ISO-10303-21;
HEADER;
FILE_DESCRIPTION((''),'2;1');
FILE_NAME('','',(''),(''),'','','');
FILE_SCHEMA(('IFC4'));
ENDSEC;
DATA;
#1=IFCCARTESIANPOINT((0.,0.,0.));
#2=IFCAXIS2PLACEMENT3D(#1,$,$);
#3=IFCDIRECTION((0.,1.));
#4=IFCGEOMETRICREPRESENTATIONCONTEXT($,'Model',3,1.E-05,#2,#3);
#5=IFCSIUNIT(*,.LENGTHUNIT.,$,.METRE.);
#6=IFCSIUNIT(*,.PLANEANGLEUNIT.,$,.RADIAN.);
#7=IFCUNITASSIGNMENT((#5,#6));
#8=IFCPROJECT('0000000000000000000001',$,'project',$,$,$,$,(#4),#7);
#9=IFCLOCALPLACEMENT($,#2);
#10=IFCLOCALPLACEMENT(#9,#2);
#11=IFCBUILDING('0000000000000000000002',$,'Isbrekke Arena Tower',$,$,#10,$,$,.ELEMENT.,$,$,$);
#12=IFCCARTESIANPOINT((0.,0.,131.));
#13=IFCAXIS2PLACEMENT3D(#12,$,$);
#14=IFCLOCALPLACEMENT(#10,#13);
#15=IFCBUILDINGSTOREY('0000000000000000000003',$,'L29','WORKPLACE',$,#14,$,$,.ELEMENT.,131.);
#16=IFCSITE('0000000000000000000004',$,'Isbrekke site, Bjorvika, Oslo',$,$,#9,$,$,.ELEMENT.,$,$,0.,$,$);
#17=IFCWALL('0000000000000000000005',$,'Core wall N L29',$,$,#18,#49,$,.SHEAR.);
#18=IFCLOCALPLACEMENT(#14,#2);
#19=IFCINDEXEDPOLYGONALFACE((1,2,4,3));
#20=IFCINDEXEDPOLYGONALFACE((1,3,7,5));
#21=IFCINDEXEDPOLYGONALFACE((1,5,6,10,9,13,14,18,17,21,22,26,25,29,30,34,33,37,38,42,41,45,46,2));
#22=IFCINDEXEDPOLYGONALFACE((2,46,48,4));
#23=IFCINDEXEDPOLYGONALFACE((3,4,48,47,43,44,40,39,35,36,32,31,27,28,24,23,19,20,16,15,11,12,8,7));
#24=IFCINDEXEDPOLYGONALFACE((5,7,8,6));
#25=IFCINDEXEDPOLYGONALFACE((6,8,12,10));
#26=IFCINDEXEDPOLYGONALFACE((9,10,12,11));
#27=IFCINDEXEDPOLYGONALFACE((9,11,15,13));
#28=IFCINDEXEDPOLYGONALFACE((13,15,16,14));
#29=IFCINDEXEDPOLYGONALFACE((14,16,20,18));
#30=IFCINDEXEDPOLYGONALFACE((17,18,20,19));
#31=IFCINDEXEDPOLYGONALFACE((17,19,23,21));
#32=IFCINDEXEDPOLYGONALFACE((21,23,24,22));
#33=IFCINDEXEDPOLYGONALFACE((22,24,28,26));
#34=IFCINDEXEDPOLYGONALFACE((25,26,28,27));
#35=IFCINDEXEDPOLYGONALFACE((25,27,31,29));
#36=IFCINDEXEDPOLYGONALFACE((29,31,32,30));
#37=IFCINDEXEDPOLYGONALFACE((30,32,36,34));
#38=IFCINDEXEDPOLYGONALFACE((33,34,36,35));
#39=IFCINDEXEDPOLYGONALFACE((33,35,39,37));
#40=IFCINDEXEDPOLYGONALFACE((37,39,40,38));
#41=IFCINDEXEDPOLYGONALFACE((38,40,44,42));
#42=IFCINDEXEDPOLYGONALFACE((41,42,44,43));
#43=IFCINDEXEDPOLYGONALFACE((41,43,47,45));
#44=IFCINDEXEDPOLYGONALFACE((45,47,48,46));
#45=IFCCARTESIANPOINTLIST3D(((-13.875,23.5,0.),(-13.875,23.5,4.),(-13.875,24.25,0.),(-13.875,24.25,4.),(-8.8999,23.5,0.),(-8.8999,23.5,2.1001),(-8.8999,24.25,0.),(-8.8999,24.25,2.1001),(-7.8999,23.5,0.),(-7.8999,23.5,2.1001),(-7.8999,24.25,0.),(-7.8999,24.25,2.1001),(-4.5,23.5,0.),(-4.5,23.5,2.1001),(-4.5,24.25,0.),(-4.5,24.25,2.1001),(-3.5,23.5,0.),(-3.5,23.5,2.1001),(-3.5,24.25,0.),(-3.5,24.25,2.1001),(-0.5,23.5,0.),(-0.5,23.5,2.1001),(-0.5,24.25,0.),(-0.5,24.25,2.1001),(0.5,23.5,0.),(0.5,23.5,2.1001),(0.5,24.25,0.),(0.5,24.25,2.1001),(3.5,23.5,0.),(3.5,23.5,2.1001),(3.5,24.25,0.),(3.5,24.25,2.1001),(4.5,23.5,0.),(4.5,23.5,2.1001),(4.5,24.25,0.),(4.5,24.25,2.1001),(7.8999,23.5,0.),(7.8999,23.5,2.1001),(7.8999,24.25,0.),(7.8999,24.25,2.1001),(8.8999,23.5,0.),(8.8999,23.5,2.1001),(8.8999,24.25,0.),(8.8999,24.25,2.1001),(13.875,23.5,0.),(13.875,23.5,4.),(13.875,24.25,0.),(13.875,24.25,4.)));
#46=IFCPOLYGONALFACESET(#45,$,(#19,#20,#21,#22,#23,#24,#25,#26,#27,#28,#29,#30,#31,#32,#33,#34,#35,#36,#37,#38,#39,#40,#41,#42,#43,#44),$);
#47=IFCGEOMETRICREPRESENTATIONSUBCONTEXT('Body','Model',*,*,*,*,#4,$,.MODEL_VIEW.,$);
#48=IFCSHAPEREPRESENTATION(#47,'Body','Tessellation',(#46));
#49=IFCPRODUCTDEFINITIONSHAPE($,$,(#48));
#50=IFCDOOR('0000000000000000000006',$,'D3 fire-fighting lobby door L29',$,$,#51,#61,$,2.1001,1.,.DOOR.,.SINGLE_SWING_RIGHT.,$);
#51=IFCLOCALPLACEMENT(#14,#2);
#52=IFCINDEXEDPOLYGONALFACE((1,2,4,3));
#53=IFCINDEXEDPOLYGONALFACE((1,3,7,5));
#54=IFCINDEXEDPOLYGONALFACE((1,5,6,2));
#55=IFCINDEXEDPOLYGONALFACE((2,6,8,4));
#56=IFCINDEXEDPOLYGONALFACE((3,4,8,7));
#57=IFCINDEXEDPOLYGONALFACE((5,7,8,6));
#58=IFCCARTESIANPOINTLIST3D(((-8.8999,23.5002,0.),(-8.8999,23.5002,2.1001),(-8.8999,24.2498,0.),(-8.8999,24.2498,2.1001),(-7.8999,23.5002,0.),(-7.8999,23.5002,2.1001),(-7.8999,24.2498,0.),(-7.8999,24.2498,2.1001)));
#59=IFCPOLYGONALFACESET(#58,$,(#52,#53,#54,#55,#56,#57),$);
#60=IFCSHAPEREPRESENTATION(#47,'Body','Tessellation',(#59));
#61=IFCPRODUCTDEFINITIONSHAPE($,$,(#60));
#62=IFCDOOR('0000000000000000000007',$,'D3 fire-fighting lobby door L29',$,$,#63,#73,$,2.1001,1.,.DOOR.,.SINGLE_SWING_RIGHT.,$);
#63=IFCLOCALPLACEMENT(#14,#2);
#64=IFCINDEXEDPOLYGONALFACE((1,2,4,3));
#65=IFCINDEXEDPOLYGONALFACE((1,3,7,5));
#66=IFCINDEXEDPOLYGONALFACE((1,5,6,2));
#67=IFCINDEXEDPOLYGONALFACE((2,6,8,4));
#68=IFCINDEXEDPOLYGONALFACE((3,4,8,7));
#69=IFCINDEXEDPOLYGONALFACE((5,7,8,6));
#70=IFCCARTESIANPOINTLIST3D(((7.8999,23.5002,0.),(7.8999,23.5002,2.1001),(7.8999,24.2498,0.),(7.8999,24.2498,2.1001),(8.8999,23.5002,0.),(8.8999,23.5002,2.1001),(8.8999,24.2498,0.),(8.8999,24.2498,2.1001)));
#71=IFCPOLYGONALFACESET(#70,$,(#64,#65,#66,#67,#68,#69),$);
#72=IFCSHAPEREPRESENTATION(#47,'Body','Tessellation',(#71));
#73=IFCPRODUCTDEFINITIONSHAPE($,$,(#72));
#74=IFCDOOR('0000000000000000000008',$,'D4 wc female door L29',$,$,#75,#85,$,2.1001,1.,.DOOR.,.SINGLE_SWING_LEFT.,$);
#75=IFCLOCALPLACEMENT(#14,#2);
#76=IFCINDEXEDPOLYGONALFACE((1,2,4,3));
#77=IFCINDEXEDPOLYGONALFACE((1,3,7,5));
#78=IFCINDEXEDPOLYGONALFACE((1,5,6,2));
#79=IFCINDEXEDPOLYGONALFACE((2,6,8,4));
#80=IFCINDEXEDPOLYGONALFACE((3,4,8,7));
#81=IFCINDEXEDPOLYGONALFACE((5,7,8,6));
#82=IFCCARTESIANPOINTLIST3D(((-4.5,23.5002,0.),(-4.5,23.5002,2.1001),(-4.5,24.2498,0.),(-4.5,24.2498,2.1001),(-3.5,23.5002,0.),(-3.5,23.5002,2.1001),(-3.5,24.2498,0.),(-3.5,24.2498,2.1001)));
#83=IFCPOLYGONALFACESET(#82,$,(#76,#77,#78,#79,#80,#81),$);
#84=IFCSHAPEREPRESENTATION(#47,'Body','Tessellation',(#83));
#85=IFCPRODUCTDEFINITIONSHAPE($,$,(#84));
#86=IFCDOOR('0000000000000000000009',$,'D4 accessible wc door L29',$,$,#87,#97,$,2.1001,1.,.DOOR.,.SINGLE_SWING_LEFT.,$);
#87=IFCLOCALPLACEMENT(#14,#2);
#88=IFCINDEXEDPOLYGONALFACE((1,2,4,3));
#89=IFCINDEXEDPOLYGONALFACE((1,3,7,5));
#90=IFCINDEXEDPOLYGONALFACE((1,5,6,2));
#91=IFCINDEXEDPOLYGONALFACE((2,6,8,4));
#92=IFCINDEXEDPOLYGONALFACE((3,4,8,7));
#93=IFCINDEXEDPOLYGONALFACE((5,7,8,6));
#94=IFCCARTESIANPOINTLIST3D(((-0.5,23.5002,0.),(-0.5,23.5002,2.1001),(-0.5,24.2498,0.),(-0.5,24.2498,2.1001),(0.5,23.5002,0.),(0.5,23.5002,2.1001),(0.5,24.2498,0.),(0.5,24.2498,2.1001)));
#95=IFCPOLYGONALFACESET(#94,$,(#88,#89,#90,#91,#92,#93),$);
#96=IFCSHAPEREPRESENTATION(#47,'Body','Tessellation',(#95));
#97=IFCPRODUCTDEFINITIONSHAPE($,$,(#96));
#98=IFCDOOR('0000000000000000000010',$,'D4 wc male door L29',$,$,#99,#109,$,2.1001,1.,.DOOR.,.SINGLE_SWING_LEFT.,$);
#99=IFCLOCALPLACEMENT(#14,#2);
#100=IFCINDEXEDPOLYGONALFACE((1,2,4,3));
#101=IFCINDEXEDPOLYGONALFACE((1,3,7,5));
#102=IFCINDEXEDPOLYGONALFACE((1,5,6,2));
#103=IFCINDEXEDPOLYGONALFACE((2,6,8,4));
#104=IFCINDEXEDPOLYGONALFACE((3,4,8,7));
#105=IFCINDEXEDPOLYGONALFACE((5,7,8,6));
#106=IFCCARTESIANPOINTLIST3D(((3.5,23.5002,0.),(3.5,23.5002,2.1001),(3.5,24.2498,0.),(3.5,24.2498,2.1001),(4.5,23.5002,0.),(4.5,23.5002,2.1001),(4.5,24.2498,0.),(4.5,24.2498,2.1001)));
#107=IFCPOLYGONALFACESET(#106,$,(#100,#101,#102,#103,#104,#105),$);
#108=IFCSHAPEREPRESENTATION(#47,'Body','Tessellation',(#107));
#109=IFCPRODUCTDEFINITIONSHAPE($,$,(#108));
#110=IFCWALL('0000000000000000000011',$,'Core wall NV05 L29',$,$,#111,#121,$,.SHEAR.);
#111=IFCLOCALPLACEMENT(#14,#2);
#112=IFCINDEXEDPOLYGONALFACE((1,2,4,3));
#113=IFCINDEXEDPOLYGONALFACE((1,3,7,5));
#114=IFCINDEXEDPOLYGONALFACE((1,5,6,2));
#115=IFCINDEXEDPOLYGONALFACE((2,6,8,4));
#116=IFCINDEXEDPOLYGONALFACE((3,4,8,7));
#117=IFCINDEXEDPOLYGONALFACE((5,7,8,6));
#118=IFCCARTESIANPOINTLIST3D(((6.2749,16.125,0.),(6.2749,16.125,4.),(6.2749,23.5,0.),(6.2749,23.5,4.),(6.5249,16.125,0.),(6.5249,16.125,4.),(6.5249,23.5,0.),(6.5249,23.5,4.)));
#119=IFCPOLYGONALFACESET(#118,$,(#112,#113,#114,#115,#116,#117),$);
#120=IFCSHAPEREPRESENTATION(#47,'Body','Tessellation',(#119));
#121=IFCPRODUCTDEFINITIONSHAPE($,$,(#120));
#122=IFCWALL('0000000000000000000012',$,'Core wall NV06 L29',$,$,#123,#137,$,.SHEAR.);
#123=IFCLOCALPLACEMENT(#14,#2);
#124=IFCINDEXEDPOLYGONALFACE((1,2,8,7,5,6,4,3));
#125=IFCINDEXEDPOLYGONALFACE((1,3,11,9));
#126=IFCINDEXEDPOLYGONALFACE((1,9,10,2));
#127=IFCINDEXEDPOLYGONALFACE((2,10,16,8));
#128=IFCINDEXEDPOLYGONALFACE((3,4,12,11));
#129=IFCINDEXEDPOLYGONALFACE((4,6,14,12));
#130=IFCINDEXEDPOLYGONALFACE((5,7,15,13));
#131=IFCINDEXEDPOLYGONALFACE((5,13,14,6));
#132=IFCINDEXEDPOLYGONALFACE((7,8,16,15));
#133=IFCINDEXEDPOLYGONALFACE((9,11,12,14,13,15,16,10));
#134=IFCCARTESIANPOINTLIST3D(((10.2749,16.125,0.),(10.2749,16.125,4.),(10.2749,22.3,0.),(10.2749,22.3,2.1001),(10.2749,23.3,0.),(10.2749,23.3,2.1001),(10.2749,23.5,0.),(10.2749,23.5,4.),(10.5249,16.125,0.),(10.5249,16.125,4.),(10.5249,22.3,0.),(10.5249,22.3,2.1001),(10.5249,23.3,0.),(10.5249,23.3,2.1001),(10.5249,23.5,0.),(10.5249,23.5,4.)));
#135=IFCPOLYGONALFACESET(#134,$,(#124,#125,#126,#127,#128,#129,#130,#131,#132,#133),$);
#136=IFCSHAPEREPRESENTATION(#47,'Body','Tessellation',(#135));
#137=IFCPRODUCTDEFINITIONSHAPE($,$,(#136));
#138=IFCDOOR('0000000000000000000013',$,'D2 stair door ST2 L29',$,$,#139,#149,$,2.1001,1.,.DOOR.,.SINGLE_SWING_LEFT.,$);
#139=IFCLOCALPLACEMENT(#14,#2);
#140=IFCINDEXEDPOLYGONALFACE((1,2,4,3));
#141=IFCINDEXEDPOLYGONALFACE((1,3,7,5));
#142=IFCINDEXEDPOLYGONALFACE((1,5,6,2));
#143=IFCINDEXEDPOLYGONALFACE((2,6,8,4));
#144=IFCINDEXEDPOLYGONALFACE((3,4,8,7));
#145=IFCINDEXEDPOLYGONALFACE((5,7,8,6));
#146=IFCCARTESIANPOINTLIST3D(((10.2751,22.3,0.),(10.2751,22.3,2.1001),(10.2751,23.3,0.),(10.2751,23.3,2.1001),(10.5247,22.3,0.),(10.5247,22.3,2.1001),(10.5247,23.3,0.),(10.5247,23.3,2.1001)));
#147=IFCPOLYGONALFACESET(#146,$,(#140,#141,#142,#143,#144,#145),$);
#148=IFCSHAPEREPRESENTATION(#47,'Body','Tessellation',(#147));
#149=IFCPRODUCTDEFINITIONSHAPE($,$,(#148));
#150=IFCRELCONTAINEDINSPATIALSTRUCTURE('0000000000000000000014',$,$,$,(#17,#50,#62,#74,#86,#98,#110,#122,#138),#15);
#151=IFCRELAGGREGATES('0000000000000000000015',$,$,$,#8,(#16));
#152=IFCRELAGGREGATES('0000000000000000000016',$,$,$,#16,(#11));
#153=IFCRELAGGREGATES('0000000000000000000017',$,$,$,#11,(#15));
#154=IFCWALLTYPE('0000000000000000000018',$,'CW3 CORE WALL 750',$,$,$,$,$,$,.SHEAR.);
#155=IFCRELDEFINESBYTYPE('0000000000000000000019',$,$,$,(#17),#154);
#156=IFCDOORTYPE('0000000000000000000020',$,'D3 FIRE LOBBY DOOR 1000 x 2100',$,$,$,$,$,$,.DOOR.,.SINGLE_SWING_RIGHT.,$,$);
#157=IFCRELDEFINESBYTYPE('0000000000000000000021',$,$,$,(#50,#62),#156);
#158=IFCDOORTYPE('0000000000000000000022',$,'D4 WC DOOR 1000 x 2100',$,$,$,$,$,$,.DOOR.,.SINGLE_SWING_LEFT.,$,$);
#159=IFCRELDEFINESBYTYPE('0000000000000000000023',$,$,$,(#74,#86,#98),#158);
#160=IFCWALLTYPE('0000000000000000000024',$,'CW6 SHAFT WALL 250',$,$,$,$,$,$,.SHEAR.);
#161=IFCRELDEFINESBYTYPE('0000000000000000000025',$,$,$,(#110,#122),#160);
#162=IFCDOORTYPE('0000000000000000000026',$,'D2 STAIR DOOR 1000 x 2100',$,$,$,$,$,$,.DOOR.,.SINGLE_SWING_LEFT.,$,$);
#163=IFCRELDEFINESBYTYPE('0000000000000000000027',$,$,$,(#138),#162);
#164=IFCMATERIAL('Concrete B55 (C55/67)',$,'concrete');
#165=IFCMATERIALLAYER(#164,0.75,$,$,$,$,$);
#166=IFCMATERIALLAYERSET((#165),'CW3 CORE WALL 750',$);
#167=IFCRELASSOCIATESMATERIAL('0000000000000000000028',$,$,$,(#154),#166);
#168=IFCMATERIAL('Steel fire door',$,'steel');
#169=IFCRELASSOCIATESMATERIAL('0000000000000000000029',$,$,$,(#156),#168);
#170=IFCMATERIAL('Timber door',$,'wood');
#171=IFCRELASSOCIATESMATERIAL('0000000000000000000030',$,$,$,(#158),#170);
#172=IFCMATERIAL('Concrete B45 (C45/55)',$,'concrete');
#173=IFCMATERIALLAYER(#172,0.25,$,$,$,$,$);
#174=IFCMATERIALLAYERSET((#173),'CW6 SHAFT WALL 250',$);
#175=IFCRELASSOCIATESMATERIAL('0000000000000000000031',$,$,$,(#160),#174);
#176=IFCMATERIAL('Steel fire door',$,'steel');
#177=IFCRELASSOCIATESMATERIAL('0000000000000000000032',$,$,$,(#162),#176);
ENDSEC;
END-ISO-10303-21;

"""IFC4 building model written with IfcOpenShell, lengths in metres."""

from ifc_helpers import new_model, si_unit, direction, frame, frame_2d, origin, place, context, subcontext, project, spatial, rectangle, extrude, material, layer, layer_set, type_object, element, fill, save


model = new_model("IFC4")

# Units and contexts
model_context = context("Model", 3, precision=1e-05, world=origin(), true_north=direction((0.0, 1.0)))
body_context = subcontext(model_context, "Body", "Model", "MODEL_VIEW")
ifc_project = project(units=[si_unit("LENGTHUNIT", "METRE"), si_unit("PLANEANGLEUNIT", "RADIAN")], contexts=[model_context])

# Site, building, storey
site_placement = place(None, origin())
site = spatial("IfcSite", under=ifc_project, at=site_placement, Name="Isbrekke site, Bjorvika, Oslo", CompositionType="ELEMENT", RefElevation=0.0)
building_placement = place(site_placement, origin())
building = spatial("IfcBuilding", under=site, at=building_placement, Name="Isbrekke Arena Tower", CompositionType="ELEMENT")
storey_placement = place(building_placement, frame((0.0, 0.0, 131.0)))
storey = spatial("IfcBuildingStorey", under=building, at=storey_placement, Name="L29", Description="WORKPLACE", CompositionType="ELEMENT", Elevation=131.0)

# Wall, openings, doors
ifc_material_1 = material(Name="Concrete B55 (C55/67)", Category="concrete")
ifc_layer_1 = layer(ifc_material_1, 0.75)
ifc_layer_set_1 = layer_set([ifc_layer_1], Name="CW3 CORE WALL 750")
wall_type_1 = type_object("IfcWallType", Name="CW3 CORE WALL 750", PredefinedType="SHEAR", material=ifc_layer_set_1)
wall_1_placement = place(storey_placement, frame((13.875, 23.875, 0.0), z_axis=(0.0, 0.0, 1.0), x_axis=(-1.0, 0.0, 0.0)))
wall_1 = element("IfcWall", 1, at=wall_1_placement, inside=storey, type_object=wall_type_1, Name="Core wall N L29", PredefinedType="SHEAR", context=body_context, shape_type="SweptSolid", body=[
    extrude(rectangle(XDim=27.75, YDim=0.75, at=frame_2d((13.875, 0.0))), origin(), (0.0, 0.0, 1.0), 4.0),
])
opening_1_placement = place(wall_1_placement, frame((21.7749, 0.0, 0.0)))
opening_1 = element("IfcOpeningElement", 2, at=opening_1_placement, cuts=wall_1, PredefinedType="OPENING", context=body_context, shape_type="SweptSolid", body=[
    extrude(rectangle(XDim=1.0, YDim=2.1001, at=frame_2d((0.5, 1.05))), frame((0.0, 0.3899, 0.0), z_axis=(0.0, -1.0, 0.0), x_axis=(1.0, 0.0, 0.0)), (0.0, 0.0, 1.0), 0.7798),
])
opening_2_placement = place(wall_1_placement, frame((4.9751, 0.0, 0.0)))
opening_2 = element("IfcOpeningElement", 3, at=opening_2_placement, cuts=wall_1, PredefinedType="OPENING", context=body_context, shape_type="SweptSolid", body=[
    extrude(rectangle(XDim=1.0, YDim=2.1001, at=frame_2d((0.5, 1.05))), frame((0.0, 0.3899, 0.0), z_axis=(0.0, -1.0, 0.0), x_axis=(1.0, 0.0, 0.0)), (0.0, 0.0, 1.0), 0.7798),
])
opening_3_placement = place(wall_1_placement, frame((17.375, 0.0, 0.0)))
opening_3 = element("IfcOpeningElement", 4, at=opening_3_placement, cuts=wall_1, PredefinedType="OPENING", context=body_context, shape_type="SweptSolid", body=[
    extrude(rectangle(XDim=1.0, YDim=2.1001, at=frame_2d((0.5, 1.05))), frame((0.0, 0.3899, 0.0), z_axis=(0.0, -1.0, 0.0), x_axis=(1.0, 0.0, 0.0)), (0.0, 0.0, 1.0), 0.7798),
])
opening_4_placement = place(wall_1_placement, frame((13.375, 0.0, 0.0)))
opening_4 = element("IfcOpeningElement", 5, at=opening_4_placement, cuts=wall_1, PredefinedType="OPENING", context=body_context, shape_type="SweptSolid", body=[
    extrude(rectangle(XDim=1.0, YDim=2.1001, at=frame_2d((0.5, 1.05))), frame((0.0, 0.3899, 0.0), z_axis=(0.0, -1.0, 0.0), x_axis=(1.0, 0.0, 0.0)), (0.0, 0.0, 1.0), 0.7798),
])
opening_5_placement = place(wall_1_placement, frame((9.375, 0.0, 0.0)))
opening_5 = element("IfcOpeningElement", 6, at=opening_5_placement, cuts=wall_1, PredefinedType="OPENING", context=body_context, shape_type="SweptSolid", body=[
    extrude(rectangle(XDim=1.0, YDim=2.1001, at=frame_2d((0.5, 1.05))), frame((0.0, 0.3899, 0.0), z_axis=(0.0, -1.0, 0.0), x_axis=(1.0, 0.0, 0.0)), (0.0, 0.0, 1.0), 0.7798),
])
ifc_material_2 = material(Name="Steel fire door", Category="steel")
door_type_1 = type_object("IfcDoorType", Name="D3 FIRE LOBBY DOOR 1000 x 2100", OperationType="SINGLE_SWING_RIGHT", PredefinedType="DOOR", material=ifc_material_2)
door_1_placement = place(opening_1_placement, origin())
door_1 = element("IfcDoor", 7, at=door_1_placement, inside=storey, type_object=door_type_1, Name="D3 fire-fighting lobby door L29", OperationType="SINGLE_SWING_RIGHT", OverallHeight=2.1001, OverallWidth=1.0, PredefinedType="DOOR", context=body_context, shape_type="SweptSolid", body=[
    extrude(rectangle(XDim=1.0, YDim=2.1001, at=frame_2d((0.5, 1.05))), frame((0.0, 0.3748, 0.0), z_axis=(0.0, -1.0, 0.0), x_axis=(1.0, 0.0, 0.0)), (0.0, 0.0, 1.0), 0.7495),
])
fill(opening_1, door_1)
door_2_placement = place(opening_2_placement, origin())
door_2 = element("IfcDoor", 8, at=door_2_placement, inside=storey, type_object=door_type_1, Name="D3 fire-fighting lobby door L29", OperationType="SINGLE_SWING_RIGHT", OverallHeight=2.1001, OverallWidth=1.0, PredefinedType="DOOR", context=body_context, shape_type="SweptSolid", body=[
    extrude(rectangle(XDim=1.0, YDim=2.1001, at=frame_2d((0.5, 1.05))), frame((0.0, 0.3748, 0.0), z_axis=(0.0, -1.0, 0.0), x_axis=(1.0, 0.0, 0.0)), (0.0, 0.0, 1.0), 0.7495),
])
fill(opening_2, door_2)
ifc_material_3 = material(Name="Timber door", Category="wood")
door_type_2 = type_object("IfcDoorType", Name="D4 WC DOOR 1000 x 2100", OperationType="SINGLE_SWING_LEFT", PredefinedType="DOOR", material=ifc_material_3)
door_3_placement = place(opening_3_placement, origin())
door_3 = element("IfcDoor", 9, at=door_3_placement, inside=storey, type_object=door_type_2, Name="D4 wc female door L29", OperationType="SINGLE_SWING_LEFT", OverallHeight=2.1001, OverallWidth=1.0, PredefinedType="DOOR", context=body_context, shape_type="SweptSolid", body=[
    extrude(rectangle(XDim=1.0, YDim=2.1001, at=frame_2d((0.5, 1.05))), frame((0.0, 0.3748, 0.0), z_axis=(0.0, -1.0, 0.0), x_axis=(1.0, 0.0, 0.0)), (0.0, 0.0, 1.0), 0.7495),
])
fill(opening_3, door_3)
door_4_placement = place(opening_4_placement, origin())
door_4 = element("IfcDoor", 10, at=door_4_placement, inside=storey, type_object=door_type_2, Name="D4 accessible wc door L29", OperationType="SINGLE_SWING_LEFT", OverallHeight=2.1001, OverallWidth=1.0, PredefinedType="DOOR", context=body_context, shape_type="SweptSolid", body=[
    extrude(rectangle(XDim=1.0, YDim=2.1001, at=frame_2d((0.5, 1.05))), frame((0.0, 0.3748, 0.0), z_axis=(0.0, -1.0, 0.0), x_axis=(1.0, 0.0, 0.0)), (0.0, 0.0, 1.0), 0.7495),
])
fill(opening_4, door_4)
door_5_placement = place(opening_5_placement, origin())
door_5 = element("IfcDoor", 11, at=door_5_placement, inside=storey, type_object=door_type_2, Name="D4 wc male door L29", OperationType="SINGLE_SWING_LEFT", OverallHeight=2.1001, OverallWidth=1.0, PredefinedType="DOOR", context=body_context, shape_type="SweptSolid", body=[
    extrude(rectangle(XDim=1.0, YDim=2.1001, at=frame_2d((0.5, 1.05))), frame((0.0, 0.3748, 0.0), z_axis=(0.0, -1.0, 0.0), x_axis=(1.0, 0.0, 0.0)), (0.0, 0.0, 1.0), 0.7495),
])
fill(opening_5, door_5)

# Wall
ifc_material_4 = material(Name="Concrete B45 (C45/55)", Category="concrete")
ifc_layer_2 = layer(ifc_material_4, 0.25)
ifc_layer_set_2 = layer_set([ifc_layer_2], Name="CW6 SHAFT WALL 250")
wall_type_2 = type_object("IfcWallType", Name="CW6 SHAFT WALL 250", PredefinedType="SHEAR", material=ifc_layer_set_2)
wall_2_placement = place(storey_placement, frame((6.3999, 16.125, 0.0), z_axis=(0.0, 0.0, 1.0), x_axis=(0.0, 1.0, 0.0)))
element("IfcWall", 12, at=wall_2_placement, inside=storey, type_object=wall_type_2, Name="Core wall NV05 L29", PredefinedType="SHEAR", context=body_context, shape_type="SweptSolid", body=[
    extrude(rectangle(XDim=7.375, YDim=0.25, at=frame_2d((3.6875, 0.0))), origin(), (0.0, 0.0, 1.0), 4.0),
])

# Wall, opening, door
wall_3_placement = place(storey_placement, frame((10.3999, 16.125, 0.0), z_axis=(0.0, 0.0, 1.0), x_axis=(0.0, 1.0, 0.0)))
wall_3 = element("IfcWall", 13, at=wall_3_placement, inside=storey, type_object=wall_type_2, Name="Core wall NV06 L29", PredefinedType="SHEAR", context=body_context, shape_type="SweptSolid", body=[
    extrude(rectangle(XDim=7.375, YDim=0.25, at=frame_2d((3.6875, 0.0))), origin(), (0.0, 0.0, 1.0), 4.0),
])
opening_6_placement = place(wall_3_placement, frame((6.175, 0.0, 0.0)))
opening_6 = element("IfcOpeningElement", 14, at=opening_6_placement, cuts=wall_3, PredefinedType="OPENING", context=body_context, shape_type="SweptSolid", body=[
    extrude(rectangle(XDim=1.0, YDim=2.1001, at=frame_2d((0.5, 1.05))), frame((0.0, 0.1399, 0.0), z_axis=(0.0, -1.0, 0.0), x_axis=(1.0, 0.0, 0.0)), (0.0, 0.0, 1.0), 0.2798),
])
ifc_material_5 = material(Name="Steel fire door", Category="steel")
door_type_3 = type_object("IfcDoorType", Name="D2 STAIR DOOR 1000 x 2100", OperationType="SINGLE_SWING_LEFT", PredefinedType="DOOR", material=ifc_material_5)
door_6_placement = place(opening_6_placement, origin())
door_6 = element("IfcDoor", 15, at=door_6_placement, inside=storey, type_object=door_type_3, Name="D2 stair door ST2 L29", OperationType="SINGLE_SWING_LEFT", OverallHeight=2.1001, OverallWidth=1.0, PredefinedType="DOOR", context=body_context, shape_type="SweptSolid", body=[
    extrude(rectangle(XDim=1.0, YDim=2.1001, at=frame_2d((0.5, 1.05))), frame((0.0, 0.1248, 0.0), z_axis=(0.0, -1.0, 0.0), x_axis=(1.0, 0.0, 0.0)), (0.0, 0.0, 1.0), 0.2495),
])
fill(opening_6, door_6)

save(model, "model.ifc")
